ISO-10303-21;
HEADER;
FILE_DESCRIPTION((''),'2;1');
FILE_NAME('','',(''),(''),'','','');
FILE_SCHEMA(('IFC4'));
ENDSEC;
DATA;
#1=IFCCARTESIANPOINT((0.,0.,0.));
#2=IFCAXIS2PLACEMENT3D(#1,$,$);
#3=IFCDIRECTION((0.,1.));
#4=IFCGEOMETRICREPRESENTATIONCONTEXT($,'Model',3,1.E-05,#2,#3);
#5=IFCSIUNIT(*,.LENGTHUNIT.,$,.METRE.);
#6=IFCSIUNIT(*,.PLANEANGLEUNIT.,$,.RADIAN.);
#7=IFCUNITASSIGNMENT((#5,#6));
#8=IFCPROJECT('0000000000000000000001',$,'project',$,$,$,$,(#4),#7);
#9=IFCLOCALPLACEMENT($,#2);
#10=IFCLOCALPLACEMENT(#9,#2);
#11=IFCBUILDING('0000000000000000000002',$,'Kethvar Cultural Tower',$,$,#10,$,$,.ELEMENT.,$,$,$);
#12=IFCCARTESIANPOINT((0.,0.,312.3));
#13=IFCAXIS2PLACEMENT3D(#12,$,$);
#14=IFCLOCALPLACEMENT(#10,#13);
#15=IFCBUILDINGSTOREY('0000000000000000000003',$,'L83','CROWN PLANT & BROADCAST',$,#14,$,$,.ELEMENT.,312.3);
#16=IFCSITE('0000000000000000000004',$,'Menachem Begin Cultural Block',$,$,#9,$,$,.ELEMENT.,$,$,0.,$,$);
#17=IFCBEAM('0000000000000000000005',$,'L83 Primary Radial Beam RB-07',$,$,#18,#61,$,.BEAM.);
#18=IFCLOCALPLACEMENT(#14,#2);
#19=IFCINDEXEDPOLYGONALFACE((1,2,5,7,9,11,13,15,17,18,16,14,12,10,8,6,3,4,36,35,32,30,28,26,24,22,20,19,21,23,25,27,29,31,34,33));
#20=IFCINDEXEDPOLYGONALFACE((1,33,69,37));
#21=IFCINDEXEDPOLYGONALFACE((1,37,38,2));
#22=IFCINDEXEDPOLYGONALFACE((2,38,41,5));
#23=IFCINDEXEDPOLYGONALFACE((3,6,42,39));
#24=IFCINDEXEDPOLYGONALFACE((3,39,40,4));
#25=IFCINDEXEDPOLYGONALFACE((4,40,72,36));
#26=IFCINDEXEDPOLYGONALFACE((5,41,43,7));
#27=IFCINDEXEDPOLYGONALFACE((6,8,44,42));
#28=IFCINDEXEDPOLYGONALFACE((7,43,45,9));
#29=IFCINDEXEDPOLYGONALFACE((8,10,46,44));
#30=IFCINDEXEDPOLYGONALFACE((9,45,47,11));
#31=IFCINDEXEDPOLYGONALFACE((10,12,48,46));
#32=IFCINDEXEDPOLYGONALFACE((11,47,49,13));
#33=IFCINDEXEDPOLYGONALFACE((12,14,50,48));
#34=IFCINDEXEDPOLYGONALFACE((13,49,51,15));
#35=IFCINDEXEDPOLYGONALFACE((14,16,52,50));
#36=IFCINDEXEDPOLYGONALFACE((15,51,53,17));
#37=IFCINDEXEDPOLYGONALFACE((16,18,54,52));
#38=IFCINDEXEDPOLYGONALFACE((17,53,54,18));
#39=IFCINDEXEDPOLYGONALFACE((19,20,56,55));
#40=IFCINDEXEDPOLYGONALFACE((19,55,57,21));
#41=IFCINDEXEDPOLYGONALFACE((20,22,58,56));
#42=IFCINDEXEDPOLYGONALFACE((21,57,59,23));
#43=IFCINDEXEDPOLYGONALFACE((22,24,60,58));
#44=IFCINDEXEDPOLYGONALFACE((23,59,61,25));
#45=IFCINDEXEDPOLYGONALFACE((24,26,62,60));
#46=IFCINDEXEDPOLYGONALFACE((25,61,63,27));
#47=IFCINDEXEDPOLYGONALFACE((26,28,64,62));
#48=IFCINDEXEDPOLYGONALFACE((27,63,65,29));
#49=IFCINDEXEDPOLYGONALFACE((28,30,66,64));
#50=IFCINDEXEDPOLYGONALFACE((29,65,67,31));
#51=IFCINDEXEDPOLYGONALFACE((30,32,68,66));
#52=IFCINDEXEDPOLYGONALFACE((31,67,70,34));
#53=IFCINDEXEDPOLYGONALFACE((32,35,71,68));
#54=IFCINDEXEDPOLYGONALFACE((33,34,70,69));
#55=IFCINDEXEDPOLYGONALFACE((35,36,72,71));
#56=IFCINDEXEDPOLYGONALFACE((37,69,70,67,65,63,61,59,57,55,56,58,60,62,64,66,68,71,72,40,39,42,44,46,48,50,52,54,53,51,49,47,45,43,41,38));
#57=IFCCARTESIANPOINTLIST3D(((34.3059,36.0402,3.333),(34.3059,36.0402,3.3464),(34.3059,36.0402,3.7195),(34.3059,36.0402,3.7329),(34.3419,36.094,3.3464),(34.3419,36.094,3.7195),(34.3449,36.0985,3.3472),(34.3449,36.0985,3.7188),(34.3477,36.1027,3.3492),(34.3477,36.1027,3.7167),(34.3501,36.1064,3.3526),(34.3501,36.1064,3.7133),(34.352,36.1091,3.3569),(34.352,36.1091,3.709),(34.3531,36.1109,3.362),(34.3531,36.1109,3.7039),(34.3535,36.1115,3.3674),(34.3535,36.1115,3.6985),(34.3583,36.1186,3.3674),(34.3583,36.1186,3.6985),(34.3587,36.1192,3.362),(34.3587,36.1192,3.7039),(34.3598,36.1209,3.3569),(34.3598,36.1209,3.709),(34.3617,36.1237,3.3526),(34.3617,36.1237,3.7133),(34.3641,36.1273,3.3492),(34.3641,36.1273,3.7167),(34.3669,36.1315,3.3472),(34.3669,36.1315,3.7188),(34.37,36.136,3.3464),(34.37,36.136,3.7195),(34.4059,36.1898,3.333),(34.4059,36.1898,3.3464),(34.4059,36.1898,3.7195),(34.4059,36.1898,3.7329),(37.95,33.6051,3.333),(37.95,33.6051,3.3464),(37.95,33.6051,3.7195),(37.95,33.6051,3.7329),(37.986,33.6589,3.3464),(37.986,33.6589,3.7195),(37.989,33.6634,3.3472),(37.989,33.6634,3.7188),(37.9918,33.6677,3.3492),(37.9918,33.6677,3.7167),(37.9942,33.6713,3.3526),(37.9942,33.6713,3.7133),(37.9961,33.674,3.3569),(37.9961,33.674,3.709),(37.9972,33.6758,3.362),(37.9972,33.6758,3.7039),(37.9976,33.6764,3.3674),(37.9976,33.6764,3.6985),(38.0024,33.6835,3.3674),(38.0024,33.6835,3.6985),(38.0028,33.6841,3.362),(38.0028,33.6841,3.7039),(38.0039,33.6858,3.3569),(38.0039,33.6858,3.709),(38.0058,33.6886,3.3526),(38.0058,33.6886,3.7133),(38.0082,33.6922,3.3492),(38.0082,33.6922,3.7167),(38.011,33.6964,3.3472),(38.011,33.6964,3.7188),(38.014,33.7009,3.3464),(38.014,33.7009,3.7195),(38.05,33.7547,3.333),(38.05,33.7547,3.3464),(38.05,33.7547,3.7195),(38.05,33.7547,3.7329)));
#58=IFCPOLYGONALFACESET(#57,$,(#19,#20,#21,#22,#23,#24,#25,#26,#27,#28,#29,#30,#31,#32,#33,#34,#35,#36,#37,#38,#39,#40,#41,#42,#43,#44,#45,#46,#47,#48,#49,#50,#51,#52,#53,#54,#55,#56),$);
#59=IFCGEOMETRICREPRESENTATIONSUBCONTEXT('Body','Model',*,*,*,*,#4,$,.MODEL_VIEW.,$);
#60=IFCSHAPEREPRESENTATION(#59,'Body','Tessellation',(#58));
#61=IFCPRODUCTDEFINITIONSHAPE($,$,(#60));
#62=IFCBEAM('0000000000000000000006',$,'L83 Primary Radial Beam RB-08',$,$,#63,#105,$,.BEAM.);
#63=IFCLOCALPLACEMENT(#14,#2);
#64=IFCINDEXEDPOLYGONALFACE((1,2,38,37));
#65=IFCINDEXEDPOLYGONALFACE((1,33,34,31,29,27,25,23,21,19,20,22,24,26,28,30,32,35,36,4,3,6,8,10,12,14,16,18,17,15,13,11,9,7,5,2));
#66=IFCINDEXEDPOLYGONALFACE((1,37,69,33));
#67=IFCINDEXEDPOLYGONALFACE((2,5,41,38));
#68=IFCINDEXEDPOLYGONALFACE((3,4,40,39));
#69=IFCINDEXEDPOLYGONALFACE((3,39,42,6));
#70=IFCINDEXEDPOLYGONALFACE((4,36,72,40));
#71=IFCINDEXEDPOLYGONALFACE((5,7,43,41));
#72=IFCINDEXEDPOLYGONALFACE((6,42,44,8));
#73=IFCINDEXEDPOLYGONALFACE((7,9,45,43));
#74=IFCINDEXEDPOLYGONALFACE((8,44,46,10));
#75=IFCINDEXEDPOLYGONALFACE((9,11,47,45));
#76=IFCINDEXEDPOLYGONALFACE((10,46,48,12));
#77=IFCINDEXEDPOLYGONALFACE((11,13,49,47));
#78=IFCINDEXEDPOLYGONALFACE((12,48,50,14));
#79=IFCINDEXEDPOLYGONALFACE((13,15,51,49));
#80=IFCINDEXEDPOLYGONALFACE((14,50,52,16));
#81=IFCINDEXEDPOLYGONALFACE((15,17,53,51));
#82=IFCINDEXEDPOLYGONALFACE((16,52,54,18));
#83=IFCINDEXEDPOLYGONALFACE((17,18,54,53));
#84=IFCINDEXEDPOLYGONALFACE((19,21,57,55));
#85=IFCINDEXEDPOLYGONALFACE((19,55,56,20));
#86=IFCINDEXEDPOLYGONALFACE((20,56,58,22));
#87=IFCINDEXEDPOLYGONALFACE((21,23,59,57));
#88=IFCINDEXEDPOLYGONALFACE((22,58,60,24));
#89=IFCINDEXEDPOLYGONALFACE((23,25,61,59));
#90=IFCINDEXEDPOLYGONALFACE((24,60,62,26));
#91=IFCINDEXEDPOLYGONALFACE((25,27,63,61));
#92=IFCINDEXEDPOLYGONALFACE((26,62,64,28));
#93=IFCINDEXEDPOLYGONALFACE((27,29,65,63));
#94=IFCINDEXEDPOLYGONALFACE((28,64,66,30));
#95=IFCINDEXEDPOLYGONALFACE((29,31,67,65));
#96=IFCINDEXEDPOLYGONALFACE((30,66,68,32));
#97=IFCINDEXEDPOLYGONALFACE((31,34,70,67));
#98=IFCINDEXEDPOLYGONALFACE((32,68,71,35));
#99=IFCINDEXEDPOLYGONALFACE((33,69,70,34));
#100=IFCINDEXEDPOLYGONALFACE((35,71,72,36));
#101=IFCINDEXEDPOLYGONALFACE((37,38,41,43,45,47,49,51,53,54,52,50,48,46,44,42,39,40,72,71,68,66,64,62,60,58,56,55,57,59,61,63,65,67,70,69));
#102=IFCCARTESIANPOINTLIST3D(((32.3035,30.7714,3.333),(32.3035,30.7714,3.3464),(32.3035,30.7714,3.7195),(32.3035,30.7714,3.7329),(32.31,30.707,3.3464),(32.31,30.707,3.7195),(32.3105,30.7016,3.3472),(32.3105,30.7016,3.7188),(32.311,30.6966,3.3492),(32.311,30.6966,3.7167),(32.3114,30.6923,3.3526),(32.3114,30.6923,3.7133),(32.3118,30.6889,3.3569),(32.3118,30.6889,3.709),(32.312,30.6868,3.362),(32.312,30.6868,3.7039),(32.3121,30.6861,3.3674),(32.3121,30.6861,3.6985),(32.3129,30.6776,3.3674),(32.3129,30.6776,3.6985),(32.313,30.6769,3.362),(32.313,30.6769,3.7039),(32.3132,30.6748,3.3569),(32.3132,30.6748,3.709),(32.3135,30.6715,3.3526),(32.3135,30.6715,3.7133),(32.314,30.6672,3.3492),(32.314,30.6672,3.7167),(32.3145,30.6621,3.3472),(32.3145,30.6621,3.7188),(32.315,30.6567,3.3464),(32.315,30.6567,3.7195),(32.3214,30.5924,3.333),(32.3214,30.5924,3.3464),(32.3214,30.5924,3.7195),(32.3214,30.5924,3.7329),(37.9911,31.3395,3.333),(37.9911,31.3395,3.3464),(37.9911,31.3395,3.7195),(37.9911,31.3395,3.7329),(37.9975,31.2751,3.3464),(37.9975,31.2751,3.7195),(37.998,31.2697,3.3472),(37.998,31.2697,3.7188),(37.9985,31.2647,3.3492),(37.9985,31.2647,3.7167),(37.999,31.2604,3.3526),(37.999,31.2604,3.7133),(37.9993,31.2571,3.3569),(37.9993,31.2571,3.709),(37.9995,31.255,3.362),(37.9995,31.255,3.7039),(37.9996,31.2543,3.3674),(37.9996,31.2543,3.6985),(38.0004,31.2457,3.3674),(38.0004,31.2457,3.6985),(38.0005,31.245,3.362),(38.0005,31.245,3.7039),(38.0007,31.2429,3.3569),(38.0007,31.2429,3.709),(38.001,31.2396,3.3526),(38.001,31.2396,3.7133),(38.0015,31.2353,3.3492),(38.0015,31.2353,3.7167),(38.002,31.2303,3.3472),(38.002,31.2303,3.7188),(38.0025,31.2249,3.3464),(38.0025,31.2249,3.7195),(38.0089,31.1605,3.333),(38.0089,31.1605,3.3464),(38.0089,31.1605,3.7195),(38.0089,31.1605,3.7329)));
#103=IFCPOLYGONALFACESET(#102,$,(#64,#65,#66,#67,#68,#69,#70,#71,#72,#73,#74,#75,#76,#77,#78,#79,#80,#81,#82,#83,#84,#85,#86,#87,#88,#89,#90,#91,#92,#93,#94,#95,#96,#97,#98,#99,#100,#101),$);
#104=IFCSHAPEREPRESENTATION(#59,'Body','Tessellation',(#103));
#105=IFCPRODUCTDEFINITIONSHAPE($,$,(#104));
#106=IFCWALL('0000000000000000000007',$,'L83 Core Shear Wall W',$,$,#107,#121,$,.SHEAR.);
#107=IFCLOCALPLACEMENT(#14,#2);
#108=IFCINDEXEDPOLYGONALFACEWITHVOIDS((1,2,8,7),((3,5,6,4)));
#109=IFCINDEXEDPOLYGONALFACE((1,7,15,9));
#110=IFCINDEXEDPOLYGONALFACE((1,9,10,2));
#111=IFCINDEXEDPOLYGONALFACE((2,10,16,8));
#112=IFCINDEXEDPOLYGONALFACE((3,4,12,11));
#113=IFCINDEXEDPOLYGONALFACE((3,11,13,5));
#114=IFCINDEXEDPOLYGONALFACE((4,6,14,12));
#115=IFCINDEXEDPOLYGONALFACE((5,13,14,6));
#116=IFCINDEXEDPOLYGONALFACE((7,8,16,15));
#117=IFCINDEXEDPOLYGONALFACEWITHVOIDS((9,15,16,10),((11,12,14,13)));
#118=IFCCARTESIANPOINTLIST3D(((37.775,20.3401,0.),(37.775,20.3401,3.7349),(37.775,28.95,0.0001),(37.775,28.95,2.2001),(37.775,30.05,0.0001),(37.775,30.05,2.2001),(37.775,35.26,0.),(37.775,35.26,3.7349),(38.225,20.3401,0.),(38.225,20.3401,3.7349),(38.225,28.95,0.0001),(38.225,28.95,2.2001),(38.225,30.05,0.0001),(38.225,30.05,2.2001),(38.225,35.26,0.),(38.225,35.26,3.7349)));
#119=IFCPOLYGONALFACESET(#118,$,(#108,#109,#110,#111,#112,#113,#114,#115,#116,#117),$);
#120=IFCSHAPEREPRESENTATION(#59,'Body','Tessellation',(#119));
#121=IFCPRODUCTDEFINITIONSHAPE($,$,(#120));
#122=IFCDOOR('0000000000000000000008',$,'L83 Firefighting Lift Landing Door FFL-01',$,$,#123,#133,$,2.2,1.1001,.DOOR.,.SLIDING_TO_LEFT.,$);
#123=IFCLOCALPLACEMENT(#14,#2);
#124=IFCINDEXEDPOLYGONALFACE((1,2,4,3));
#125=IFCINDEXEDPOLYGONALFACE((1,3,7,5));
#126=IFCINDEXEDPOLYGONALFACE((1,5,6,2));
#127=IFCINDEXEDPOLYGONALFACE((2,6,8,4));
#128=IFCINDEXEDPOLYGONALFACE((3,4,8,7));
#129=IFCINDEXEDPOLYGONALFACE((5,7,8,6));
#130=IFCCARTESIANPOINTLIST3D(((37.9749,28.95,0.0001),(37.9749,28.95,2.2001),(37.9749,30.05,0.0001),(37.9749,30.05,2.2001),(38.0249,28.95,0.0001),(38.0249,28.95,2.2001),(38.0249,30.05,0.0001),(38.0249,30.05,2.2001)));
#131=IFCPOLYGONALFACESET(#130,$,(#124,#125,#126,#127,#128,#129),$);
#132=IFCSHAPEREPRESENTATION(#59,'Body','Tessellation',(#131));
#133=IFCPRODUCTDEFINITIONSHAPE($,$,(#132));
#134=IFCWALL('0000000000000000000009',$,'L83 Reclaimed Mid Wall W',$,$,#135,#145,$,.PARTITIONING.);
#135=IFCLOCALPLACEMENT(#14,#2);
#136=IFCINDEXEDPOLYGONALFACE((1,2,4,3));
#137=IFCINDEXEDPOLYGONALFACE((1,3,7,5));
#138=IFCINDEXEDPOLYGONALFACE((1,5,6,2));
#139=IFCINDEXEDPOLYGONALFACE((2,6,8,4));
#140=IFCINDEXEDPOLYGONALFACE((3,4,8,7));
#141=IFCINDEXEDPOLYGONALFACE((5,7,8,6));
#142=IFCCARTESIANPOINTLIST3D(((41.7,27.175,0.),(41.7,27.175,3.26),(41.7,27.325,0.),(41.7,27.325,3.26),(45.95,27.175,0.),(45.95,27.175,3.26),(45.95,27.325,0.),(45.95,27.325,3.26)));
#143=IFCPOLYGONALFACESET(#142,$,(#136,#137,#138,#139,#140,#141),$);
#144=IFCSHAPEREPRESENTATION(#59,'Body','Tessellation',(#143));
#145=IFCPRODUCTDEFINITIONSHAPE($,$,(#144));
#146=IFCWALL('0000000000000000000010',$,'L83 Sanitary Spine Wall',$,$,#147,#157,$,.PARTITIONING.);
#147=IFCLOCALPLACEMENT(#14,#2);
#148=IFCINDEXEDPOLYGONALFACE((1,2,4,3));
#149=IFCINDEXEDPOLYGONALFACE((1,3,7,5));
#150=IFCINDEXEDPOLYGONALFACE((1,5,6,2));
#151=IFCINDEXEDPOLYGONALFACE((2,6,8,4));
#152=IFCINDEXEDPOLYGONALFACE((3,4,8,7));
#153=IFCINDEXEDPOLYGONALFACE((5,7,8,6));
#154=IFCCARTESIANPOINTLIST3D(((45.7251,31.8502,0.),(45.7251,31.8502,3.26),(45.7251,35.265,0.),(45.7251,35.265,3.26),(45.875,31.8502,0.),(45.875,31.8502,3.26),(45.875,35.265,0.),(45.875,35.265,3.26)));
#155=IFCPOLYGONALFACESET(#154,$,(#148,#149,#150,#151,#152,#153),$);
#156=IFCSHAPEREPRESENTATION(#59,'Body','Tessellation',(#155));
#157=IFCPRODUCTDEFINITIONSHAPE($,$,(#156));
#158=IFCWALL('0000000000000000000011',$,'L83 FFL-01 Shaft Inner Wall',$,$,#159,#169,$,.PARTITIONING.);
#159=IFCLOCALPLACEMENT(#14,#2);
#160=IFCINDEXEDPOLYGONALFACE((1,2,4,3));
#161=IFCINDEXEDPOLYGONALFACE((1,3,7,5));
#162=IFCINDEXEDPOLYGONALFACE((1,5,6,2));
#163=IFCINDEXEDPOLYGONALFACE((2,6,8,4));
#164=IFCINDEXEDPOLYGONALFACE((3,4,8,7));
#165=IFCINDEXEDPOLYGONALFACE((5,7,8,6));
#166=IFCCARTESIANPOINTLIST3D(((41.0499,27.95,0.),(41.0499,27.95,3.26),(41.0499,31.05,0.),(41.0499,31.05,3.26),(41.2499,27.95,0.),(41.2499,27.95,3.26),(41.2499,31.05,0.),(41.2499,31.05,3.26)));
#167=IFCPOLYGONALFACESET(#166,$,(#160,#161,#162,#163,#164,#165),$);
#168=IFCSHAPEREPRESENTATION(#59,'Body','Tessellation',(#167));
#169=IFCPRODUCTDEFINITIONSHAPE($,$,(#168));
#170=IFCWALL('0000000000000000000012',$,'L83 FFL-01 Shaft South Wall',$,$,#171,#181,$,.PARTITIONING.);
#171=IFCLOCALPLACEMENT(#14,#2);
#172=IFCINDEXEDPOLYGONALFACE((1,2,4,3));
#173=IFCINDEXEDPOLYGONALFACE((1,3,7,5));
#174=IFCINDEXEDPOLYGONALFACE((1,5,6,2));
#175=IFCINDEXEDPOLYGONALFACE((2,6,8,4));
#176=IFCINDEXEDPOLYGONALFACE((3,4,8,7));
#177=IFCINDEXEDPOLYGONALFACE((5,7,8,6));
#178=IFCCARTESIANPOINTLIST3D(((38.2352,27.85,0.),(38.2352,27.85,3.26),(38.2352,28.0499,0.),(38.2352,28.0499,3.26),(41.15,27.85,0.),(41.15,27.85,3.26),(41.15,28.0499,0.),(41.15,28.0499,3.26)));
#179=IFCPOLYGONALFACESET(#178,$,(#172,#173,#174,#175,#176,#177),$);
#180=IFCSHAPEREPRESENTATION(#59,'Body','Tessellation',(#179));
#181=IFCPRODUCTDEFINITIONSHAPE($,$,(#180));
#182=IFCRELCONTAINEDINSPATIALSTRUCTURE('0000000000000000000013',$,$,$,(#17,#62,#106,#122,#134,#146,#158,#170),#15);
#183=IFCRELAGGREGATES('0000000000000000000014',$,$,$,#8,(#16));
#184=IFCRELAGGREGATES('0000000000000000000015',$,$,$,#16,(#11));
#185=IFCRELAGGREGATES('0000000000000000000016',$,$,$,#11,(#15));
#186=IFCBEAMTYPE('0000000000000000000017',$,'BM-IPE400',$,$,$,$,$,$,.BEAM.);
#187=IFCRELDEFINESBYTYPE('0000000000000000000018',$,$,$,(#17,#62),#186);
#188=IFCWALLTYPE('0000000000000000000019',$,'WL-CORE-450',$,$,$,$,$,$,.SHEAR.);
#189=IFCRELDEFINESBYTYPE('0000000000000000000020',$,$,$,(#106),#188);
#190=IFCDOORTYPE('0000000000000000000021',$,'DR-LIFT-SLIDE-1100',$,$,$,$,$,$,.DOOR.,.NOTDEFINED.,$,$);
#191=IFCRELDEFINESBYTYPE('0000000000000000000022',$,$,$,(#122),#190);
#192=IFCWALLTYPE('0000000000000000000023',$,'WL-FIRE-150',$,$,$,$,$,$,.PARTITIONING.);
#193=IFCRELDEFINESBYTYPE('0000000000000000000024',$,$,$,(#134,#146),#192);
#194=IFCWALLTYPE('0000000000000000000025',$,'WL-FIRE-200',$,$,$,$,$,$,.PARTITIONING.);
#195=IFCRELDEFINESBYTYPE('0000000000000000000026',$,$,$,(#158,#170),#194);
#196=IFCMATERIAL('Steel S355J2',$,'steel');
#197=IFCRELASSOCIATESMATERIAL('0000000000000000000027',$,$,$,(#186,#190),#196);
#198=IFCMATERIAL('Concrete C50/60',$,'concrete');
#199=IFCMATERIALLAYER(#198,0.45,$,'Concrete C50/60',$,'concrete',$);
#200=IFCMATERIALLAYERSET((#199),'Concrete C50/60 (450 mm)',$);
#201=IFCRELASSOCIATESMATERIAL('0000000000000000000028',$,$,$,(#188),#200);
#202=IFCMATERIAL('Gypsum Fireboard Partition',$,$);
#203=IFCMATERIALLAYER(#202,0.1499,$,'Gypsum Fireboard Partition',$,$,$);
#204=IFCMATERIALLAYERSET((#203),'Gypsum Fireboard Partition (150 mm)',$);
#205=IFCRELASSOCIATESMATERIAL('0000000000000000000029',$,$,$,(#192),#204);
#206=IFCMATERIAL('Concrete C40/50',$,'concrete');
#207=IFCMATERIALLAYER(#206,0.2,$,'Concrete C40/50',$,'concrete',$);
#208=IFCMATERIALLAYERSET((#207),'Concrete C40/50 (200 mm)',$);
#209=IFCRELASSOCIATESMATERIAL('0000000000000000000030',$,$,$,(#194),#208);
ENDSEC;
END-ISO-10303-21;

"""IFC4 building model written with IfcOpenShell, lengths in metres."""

from ifc_helpers import new_model, si_unit, direction, frame, frame_2d, origin, origin_2d, place, context, subcontext, project, spatial, rectangle, i_section, extrude, source, transform, mapped, material, layer, layer_set, material_profile, profile_set, type_object, element, fill, save


model = new_model("IFC4")

# Units and contexts
model_context = context("Model", 3, precision=1e-05, world=origin(), true_north=direction((0.0, 1.0)))
body_context = subcontext(model_context, "Body", "Model", "MODEL_VIEW")
ifc_project = project(units=[si_unit("LENGTHUNIT", "METRE"), si_unit("PLANEANGLEUNIT", "RADIAN")], contexts=[model_context])

# Site, building, storey
site_placement = place(None, origin())
site = spatial("IfcSite", under=ifc_project, at=site_placement, Name="Menachem Begin Cultural Block", CompositionType="ELEMENT", RefElevation=0.0)
building_placement = place(site_placement, origin())
building = spatial("IfcBuilding", under=site, at=building_placement, Name="Kethvar Cultural Tower", CompositionType="ELEMENT")
storey_placement = place(building_placement, frame((0.0, 0.0, 312.3)))
storey = spatial("IfcBuildingStorey", under=building, at=storey_placement, Name="L83", Description="CROWN PLANT & BROADCAST", CompositionType="ELEMENT", Elevation=312.3)

# Beams
ifc_material_1 = material(Name="Steel S355J2", Category="steel")
ifc_material_profile_1 = material_profile(ifc_material_1, i_section(OverallWidth=0.1799, OverallDepth=0.3999, WebThickness=0.0085, FlangeThickness=0.0134, FilletRadius=0.021, at=origin_2d()), Name="Steel S355J2 — IPE400")
ifc_profile_set_1 = profile_set([ifc_material_profile_1], Name="Steel S355J2 — IPE400")
beam_type_1 = type_object("IfcBeamType", Name="BM-IPE400", PredefinedType="BEAM", material=ifc_profile_set_1)
shared_shape_1 = source(origin(), body_context, "Body", "SweptSolid", [
    extrude(i_section(OverallWidth=0.1799, OverallDepth=0.3999, WebThickness=0.0085, FlangeThickness=0.0134, FilletRadius=0.021, at=origin_2d()), origin(), (0.0, 0.0, 1.0), 4.3828),
])
beam_1_placement = place(storey_placement, frame((38.0, 33.6799, 3.533), z_axis=(-0.83145, 0.5556, 0.0), x_axis=(-0.5556, -0.83145, 0.0)))
element("IfcBeam", 1, at=beam_1_placement, inside=storey, type_object=beam_type_1, Name="L83 Primary Radial Beam RB-07", PredefinedType="BEAM", context=body_context, shape_type="MappedRepresentation", body=[
    mapped(shared_shape_1, transform((0.0, 0.0, 0.0), scale=1.0)),
])
shared_shape_2 = source(origin(), body_context, "Body", "SweptSolid", [
    extrude(i_section(OverallWidth=0.1799, OverallDepth=0.3999, WebThickness=0.0085, FlangeThickness=0.0134, FilletRadius=0.021, at=origin_2d()), origin(), (0.0, 0.0, 1.0), 5.7158),
])
beam_2_placement = place(storey_placement, frame((38.0, 31.25, 3.533), z_axis=(-0.995048, -0.099394, 0.0), x_axis=(0.099394, -0.995048, 0.0)))
element("IfcBeam", 2, at=beam_2_placement, inside=storey, type_object=beam_type_1, Name="L83 Primary Radial Beam RB-08", PredefinedType="BEAM", context=body_context, shape_type="MappedRepresentation", body=[
    mapped(shared_shape_2, transform((0.0, 0.0, 0.0), scale=1.0)),
])

# Wall, opening, door
ifc_material_2 = material(Name="Concrete C50/60", Category="concrete")
ifc_layer_1 = layer(ifc_material_2, 0.45, Name="Concrete C50/60", Category="concrete")
ifc_layer_set_1 = layer_set([ifc_layer_1], Name="Concrete C50/60 (450 mm)")
wall_type_1 = type_object("IfcWallType", Name="WL-CORE-450", PredefinedType="SHEAR", material=ifc_layer_set_1)
wall_1_placement = place(storey_placement, frame((38.0, 35.26, 0.0), z_axis=(0.0, 0.0, 1.0), x_axis=(0.0, -1.0, 0.0)))
wall_1 = element("IfcWall", 3, at=wall_1_placement, inside=storey, type_object=wall_type_1, Name="L83 Core Shear Wall W", PredefinedType="SHEAR", context=body_context, shape_type="SweptSolid", body=[
    extrude(rectangle(XDim=14.9199, YDim=0.45, at=frame_2d((7.46, 0.0))), origin(), (0.0, 0.0, 1.0), 3.7349),
])
opening_placement = place(wall_1_placement, frame((5.21, 0.0, 0.0)))
opening = element("IfcOpeningElement", 4, at=opening_placement, cuts=wall_1, PredefinedType="OPENING", context=body_context, shape_type="SweptSolid", body=[
    extrude(rectangle(XDim=1.1001, YDim=2.2, at=frame_2d((0.55, 1.1001))), frame((0.0, 0.2349, 0.0), z_axis=(0.0, -1.0, 0.0), x_axis=(1.0, 0.0, 0.0)), (0.0, 0.0, 1.0), 0.47),
])
door_type = type_object("IfcDoorType", Name="DR-LIFT-SLIDE-1100", OperationType="NOTDEFINED", PredefinedType="DOOR", material=ifc_material_1)
shared_shape_3 = source(origin(), body_context, "Body", "SweptSolid", [
    extrude(rectangle(XDim=1.1001, YDim=2.2, at=frame_2d((0.55, 1.1001))), frame((0.0, 0.0249, 0.0), z_axis=(0.0, -1.0, 0.0), x_axis=(1.0, 0.0, 0.0)), (0.0, 0.0, 1.0), 0.05),
])
door_placement = place(opening_placement, origin())
door = element("IfcDoor", 5, at=door_placement, inside=storey, type_object=door_type, Name="L83 Firefighting Lift Landing Door FFL-01", OperationType="SLIDING_TO_LEFT", OverallHeight=2.2, OverallWidth=1.1001, PredefinedType="DOOR", context=body_context, shape_type="MappedRepresentation", body=[
    mapped(shared_shape_3, transform((0.0, 0.0, 0.0), scale=1.0)),
])
fill(opening, door)

# Walls
ifc_material_3 = material(Name="Gypsum Fireboard Partition")
ifc_layer_2 = layer(ifc_material_3, 0.1499, Name="Gypsum Fireboard Partition")
ifc_layer_set_2 = layer_set([ifc_layer_2], Name="Gypsum Fireboard Partition (150 mm)")
wall_type_2 = type_object("IfcWallType", Name="WL-FIRE-150", PredefinedType="PARTITIONING", material=ifc_layer_set_2)
wall_2_placement = place(storey_placement, frame((41.7, 27.25, 0.0), z_axis=(0.0, 0.0, 1.0), x_axis=(1.0, 0.0, 0.0)))
element("IfcWall", 6, at=wall_2_placement, inside=storey, type_object=wall_type_2, Name="L83 Reclaimed Mid Wall W", PredefinedType="PARTITIONING", context=body_context, shape_type="SweptSolid", body=[
    extrude(rectangle(XDim=4.25, YDim=0.1499, at=frame_2d((2.125, 0.0))), origin(), (0.0, 0.0, 1.0), 3.26),
])
wall_3_placement = place(storey_placement, frame((45.8, 31.8501, 0.0), z_axis=(0.0, 0.0, 1.0), x_axis=(0.0, 1.0, 0.0)))
element("IfcWall", 7, at=wall_3_placement, inside=storey, type_object=wall_type_2, Name="L83 Sanitary Spine Wall", PredefinedType="PARTITIONING", context=body_context, shape_type="SweptSolid", body=[
    extrude(rectangle(XDim=3.4148, YDim=0.1499, at=frame_2d((1.7075, 0.0))), origin(), (0.0, 0.0, 1.0), 3.26),
])
ifc_material_4 = material(Name="Concrete C40/50", Category="concrete")
ifc_layer_3 = layer(ifc_material_4, 0.2, Name="Concrete C40/50", Category="concrete")
ifc_layer_set_3 = layer_set([ifc_layer_3], Name="Concrete C40/50 (200 mm)")
wall_type_3 = type_object("IfcWallType", Name="WL-FIRE-200", PredefinedType="PARTITIONING", material=ifc_layer_set_3)
wall_4_placement = place(storey_placement, frame((41.1499, 27.95, 0.0), z_axis=(0.0, 0.0, 1.0), x_axis=(0.0, 1.0, 0.0)))
element("IfcWall", 8, at=wall_4_placement, inside=storey, type_object=wall_type_3, Name="L83 FFL-01 Shaft Inner Wall", PredefinedType="PARTITIONING", context=body_context, shape_type="SweptSolid", body=[
    extrude(rectangle(XDim=3.1001, YDim=0.2, at=frame_2d((1.55, 0.0))), origin(), (0.0, 0.0, 1.0), 3.26),
])
for number, where, z_axis, x_axis, name in (
    (9, (38.2351, 27.95, 0.0), (0.0, 0.0, 1.0), (1.0, 0.0, 0.0), "L83 FFL-01 Shaft South Wall"),
):
    element("IfcWall", number, at=place(storey_placement, frame(where, z_axis=z_axis, x_axis=x_axis)), inside=storey, type_object=wall_type_3, Name=name, PredefinedType="PARTITIONING", context=body_context, shape_type="SweptSolid", body=[
        extrude(rectangle(XDim=2.9148, YDim=0.2, at=frame_2d((1.4575, 0.0))), origin(), (0.0, 0.0, 1.0), 3.26),
    ])

save(model, "model.ifc")
